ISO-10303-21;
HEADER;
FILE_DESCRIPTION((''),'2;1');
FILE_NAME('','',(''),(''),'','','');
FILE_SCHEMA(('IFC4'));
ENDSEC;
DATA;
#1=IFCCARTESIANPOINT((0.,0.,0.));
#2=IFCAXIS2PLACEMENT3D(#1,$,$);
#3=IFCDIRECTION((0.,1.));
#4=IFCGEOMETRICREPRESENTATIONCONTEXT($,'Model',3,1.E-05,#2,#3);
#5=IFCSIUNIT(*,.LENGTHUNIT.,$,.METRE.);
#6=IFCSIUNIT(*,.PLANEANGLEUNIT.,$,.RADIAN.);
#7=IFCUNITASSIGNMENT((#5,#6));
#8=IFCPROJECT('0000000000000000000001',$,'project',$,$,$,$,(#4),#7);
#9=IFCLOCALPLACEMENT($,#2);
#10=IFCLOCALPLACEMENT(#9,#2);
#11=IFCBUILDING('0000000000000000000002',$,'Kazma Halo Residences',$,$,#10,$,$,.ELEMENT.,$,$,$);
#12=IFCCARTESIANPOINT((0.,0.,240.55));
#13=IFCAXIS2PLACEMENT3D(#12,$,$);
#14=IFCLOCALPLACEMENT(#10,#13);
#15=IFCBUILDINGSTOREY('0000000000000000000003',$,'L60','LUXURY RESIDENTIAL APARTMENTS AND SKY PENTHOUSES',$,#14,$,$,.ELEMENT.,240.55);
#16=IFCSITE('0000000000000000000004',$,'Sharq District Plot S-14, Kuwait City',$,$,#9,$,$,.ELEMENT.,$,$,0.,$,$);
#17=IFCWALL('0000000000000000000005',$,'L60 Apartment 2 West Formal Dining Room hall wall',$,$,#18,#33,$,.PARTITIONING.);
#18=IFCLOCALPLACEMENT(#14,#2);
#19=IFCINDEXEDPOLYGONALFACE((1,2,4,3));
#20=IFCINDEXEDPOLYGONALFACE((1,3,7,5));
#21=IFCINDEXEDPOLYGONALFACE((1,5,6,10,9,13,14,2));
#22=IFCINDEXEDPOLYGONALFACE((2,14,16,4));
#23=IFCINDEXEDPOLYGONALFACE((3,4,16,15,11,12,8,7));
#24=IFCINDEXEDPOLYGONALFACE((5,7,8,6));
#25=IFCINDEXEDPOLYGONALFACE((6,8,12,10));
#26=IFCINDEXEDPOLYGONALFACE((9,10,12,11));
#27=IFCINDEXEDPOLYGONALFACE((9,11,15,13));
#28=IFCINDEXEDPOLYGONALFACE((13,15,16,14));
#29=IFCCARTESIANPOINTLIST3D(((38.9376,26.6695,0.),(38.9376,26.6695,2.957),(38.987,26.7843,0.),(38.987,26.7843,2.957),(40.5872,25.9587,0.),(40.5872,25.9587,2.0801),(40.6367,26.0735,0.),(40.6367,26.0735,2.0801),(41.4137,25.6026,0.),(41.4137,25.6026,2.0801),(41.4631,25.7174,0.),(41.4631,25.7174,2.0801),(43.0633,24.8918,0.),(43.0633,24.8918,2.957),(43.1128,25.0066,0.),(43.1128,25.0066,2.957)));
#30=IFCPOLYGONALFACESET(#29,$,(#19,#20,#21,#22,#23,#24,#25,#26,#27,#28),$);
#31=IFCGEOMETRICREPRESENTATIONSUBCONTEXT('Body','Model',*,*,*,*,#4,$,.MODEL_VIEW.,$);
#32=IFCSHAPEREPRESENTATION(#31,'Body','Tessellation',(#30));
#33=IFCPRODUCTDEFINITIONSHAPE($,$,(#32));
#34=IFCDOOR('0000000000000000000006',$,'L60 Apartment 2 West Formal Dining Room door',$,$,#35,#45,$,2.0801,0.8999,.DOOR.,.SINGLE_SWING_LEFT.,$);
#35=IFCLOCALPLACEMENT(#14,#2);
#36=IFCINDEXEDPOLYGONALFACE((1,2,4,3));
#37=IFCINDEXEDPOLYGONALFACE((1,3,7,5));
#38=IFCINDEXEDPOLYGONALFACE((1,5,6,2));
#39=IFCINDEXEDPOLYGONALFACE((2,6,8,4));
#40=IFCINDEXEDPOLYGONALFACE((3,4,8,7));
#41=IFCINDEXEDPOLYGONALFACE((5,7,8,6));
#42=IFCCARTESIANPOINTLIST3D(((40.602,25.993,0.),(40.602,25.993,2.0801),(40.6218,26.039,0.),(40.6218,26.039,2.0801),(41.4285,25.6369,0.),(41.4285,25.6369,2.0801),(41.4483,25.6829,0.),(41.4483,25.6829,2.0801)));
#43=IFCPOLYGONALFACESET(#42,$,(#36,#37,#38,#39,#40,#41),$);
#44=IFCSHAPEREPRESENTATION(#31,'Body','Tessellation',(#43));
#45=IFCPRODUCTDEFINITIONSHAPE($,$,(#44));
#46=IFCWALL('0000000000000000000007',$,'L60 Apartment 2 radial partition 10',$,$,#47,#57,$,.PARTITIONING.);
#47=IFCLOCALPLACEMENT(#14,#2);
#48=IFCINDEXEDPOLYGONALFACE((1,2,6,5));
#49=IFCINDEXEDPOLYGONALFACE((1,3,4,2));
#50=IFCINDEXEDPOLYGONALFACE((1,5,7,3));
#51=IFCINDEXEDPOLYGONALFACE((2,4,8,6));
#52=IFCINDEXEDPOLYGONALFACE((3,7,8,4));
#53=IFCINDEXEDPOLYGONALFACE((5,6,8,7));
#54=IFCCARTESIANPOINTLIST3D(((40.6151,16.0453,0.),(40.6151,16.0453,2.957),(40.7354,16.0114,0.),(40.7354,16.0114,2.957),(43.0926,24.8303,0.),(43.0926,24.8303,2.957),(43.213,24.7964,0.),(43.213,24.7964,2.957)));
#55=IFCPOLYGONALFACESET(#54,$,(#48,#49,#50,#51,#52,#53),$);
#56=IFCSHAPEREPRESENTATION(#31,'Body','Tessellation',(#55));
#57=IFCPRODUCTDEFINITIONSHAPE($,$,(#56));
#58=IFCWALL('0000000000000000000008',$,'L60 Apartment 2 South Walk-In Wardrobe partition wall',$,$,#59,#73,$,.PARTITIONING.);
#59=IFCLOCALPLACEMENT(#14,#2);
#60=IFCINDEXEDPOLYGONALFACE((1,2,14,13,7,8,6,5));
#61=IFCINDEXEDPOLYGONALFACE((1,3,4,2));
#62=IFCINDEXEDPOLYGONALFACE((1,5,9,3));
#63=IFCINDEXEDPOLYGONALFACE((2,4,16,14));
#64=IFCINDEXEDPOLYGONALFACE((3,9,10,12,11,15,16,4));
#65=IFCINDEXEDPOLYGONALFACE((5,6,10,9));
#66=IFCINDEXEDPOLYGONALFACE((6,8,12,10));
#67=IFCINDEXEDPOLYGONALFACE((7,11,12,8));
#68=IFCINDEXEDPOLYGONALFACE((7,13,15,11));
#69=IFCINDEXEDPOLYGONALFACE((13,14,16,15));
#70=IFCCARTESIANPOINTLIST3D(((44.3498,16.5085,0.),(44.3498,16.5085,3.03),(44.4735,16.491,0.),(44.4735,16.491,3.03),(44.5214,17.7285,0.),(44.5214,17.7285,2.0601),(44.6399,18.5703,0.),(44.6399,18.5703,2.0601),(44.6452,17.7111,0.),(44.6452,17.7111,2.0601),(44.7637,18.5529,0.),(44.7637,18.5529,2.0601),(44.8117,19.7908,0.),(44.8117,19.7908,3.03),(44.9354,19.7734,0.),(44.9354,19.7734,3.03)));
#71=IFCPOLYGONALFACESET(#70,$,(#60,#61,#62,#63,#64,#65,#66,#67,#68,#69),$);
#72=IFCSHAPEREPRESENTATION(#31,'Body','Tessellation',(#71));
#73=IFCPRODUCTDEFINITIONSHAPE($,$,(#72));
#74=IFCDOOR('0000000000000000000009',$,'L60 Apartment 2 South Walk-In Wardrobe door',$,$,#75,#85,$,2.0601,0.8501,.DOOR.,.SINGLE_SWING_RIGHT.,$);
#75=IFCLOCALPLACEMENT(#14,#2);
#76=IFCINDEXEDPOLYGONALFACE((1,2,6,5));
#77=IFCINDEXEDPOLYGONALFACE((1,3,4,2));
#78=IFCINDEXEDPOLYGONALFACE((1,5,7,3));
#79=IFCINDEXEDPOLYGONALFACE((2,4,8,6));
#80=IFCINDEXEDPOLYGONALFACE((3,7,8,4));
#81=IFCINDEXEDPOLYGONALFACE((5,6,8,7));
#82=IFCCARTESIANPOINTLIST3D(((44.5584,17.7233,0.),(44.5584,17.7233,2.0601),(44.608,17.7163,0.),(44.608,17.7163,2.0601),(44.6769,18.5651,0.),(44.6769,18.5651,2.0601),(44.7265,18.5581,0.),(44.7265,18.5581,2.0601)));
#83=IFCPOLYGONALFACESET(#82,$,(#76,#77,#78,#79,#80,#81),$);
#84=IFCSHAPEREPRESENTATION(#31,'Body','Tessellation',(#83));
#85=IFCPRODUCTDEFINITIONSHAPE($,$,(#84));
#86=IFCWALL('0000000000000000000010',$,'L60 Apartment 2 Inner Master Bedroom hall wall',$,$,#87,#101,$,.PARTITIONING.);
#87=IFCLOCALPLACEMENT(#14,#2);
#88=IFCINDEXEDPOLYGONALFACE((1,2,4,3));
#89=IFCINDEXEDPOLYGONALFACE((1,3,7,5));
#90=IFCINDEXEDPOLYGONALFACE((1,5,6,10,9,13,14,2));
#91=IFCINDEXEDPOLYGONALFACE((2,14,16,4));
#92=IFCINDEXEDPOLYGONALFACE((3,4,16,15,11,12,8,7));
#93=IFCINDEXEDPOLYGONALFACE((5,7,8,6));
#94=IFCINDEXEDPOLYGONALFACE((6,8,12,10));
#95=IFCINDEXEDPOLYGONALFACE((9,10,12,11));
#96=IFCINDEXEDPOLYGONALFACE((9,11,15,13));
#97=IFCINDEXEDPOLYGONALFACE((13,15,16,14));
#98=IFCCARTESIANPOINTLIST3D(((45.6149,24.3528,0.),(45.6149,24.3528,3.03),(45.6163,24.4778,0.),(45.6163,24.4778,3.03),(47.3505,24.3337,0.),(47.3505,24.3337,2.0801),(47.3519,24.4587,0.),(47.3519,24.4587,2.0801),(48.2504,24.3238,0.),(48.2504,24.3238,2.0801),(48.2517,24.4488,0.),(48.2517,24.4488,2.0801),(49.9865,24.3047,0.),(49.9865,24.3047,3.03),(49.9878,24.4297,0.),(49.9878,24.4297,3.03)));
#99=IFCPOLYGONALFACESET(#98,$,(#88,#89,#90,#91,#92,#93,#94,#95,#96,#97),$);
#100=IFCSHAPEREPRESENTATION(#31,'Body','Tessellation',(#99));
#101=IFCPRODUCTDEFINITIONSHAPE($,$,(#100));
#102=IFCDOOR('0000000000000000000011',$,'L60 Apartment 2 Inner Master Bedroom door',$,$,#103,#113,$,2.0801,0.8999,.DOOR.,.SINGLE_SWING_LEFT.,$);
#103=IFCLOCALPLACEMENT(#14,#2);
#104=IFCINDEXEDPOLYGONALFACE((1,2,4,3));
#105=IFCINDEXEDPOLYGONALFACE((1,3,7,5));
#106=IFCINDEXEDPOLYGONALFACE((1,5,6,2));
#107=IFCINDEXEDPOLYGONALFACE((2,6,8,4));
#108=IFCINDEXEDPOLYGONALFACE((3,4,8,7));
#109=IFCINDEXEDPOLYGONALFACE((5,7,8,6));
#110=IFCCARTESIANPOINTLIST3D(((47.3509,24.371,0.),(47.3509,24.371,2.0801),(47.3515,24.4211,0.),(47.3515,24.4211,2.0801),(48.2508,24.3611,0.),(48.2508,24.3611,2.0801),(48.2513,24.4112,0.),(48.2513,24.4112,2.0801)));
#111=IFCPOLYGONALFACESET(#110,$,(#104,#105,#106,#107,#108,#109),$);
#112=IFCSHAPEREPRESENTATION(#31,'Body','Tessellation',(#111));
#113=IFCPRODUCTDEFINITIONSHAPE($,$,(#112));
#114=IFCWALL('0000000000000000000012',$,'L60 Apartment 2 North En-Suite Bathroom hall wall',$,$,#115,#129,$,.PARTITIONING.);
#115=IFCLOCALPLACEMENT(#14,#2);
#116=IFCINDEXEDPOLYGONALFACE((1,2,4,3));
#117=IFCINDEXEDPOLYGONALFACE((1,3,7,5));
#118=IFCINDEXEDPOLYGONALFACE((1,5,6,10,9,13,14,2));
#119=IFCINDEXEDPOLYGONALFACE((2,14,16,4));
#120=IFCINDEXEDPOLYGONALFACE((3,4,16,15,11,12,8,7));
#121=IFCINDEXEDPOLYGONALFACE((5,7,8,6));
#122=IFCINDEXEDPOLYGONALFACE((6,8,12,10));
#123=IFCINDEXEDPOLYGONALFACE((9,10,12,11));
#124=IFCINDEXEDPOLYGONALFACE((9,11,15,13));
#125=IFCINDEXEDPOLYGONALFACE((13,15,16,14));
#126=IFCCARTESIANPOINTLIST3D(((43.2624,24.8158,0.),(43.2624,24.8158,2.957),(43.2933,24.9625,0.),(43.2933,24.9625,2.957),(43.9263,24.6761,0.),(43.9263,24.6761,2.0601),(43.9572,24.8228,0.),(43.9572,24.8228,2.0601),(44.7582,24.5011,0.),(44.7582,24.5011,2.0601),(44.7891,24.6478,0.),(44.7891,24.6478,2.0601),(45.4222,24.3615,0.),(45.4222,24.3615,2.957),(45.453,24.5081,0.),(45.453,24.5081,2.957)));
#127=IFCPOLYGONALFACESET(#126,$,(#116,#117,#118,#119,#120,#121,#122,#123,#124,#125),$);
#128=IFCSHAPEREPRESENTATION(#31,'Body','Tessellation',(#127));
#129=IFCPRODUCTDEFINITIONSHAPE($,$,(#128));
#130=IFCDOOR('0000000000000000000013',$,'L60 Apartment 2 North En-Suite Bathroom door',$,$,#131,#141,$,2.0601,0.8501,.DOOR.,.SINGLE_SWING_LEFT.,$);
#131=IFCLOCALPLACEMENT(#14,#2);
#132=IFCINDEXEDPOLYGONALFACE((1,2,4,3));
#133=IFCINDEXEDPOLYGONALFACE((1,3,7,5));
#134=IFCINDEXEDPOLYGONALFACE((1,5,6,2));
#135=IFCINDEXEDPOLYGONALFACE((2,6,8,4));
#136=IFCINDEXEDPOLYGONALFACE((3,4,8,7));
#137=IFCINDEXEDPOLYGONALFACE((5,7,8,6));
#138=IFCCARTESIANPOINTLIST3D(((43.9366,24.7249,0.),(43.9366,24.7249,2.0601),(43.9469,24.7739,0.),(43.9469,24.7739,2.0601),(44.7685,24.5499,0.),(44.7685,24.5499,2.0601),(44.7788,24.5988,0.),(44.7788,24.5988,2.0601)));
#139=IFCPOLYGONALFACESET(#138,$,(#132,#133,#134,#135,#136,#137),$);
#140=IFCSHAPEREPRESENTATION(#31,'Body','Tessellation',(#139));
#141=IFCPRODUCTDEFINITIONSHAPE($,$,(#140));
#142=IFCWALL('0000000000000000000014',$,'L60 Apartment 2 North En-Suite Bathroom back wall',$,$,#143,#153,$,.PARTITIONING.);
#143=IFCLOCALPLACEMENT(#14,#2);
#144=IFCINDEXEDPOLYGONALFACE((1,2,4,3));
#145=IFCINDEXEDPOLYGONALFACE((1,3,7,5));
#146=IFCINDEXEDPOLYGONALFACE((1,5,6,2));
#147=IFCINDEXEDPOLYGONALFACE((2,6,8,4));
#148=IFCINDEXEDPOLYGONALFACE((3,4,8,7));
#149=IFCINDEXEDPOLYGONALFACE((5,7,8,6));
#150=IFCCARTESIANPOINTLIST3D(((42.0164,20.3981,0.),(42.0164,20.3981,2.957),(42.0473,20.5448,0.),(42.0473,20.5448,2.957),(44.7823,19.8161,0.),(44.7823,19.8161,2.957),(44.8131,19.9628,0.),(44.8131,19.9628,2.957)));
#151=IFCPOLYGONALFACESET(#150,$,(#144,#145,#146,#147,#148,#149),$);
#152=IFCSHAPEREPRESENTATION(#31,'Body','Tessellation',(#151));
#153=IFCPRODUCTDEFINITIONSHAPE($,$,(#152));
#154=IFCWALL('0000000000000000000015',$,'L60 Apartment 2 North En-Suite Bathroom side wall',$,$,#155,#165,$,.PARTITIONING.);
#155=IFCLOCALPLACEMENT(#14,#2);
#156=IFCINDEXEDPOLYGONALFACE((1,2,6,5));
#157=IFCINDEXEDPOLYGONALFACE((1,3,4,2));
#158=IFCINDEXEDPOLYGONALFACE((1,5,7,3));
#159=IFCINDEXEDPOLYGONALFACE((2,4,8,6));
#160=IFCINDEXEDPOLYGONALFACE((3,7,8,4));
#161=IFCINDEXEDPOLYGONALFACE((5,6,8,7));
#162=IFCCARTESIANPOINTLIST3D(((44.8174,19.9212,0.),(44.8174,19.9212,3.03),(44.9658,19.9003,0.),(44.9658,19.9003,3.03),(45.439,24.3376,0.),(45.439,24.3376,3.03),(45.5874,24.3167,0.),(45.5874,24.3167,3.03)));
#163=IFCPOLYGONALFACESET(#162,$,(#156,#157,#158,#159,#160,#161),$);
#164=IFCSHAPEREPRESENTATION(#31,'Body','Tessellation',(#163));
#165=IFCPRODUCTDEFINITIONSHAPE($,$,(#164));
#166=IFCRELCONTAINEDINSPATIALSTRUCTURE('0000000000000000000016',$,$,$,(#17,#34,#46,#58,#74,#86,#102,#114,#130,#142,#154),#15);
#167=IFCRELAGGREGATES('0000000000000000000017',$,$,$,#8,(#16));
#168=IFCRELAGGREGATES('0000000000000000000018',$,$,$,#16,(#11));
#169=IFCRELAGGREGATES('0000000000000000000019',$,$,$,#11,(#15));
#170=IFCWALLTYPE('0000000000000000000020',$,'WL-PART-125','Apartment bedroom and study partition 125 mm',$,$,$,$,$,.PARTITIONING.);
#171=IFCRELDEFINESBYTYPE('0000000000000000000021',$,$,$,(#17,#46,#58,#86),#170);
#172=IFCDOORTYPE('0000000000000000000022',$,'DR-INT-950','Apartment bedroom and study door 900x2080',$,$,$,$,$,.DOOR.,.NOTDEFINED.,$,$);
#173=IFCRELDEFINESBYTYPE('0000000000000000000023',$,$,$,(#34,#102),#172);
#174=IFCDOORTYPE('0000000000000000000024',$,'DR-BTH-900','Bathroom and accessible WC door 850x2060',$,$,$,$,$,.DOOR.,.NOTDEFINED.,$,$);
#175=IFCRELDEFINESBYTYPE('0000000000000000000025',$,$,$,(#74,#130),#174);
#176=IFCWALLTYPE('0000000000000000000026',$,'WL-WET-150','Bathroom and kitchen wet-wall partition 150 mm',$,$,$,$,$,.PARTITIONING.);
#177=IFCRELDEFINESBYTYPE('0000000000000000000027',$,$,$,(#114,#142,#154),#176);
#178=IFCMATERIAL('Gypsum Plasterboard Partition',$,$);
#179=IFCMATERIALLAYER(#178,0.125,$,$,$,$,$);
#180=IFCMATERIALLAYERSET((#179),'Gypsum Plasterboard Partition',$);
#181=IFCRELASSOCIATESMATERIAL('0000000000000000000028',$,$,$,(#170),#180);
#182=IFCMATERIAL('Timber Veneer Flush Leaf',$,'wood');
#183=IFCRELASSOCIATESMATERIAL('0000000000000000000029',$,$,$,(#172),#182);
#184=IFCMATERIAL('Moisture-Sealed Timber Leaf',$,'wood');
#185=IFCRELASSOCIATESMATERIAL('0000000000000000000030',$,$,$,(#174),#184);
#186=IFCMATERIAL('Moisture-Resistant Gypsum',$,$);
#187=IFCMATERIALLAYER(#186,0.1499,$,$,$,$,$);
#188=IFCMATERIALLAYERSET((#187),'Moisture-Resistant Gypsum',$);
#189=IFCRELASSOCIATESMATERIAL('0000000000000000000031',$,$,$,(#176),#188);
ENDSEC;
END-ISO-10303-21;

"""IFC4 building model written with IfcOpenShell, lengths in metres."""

from ifc_helpers import new_model, si_unit, direction, frame, frame_2d, origin, place, context, subcontext, project, spatial, rectangle, extrude, material, layer, layer_set, type_object, element, fill, save


model = new_model("IFC4")

# Units and contexts
model_context = context("Model", 3, precision=1e-05, world=origin(), true_north=direction((0.0, 1.0)))
body_context = subcontext(model_context, "Body", "Model", "MODEL_VIEW")
ifc_project = project(units=[si_unit("LENGTHUNIT", "METRE"), si_unit("PLANEANGLEUNIT", "RADIAN")], contexts=[model_context])

# Site, building, storey
site_placement = place(None, origin())
site = spatial("IfcSite", under=ifc_project, at=site_placement, Name="Sharq District Plot S-14, Kuwait City", CompositionType="ELEMENT", RefElevation=0.0)
building_placement = place(site_placement, origin())
building = spatial("IfcBuilding", under=site, at=building_placement, Name="Kazma Halo Residences", CompositionType="ELEMENT")
storey_placement = place(building_placement, frame((0.0, 0.0, 240.55)))
storey = spatial("IfcBuildingStorey", under=building, at=storey_placement, Name="L60", Description="LUXURY RESIDENTIAL APARTMENTS AND SKY PENTHOUSES", CompositionType="ELEMENT", Elevation=240.55)

# Shared definitions
ifc_material_1 = material(Name="Gypsum Plasterboard Partition")
ifc_layer_1 = layer(ifc_material_1, 0.125)
ifc_layer_set_1 = layer_set([ifc_layer_1], Name="Gypsum Plasterboard Partition")
wall_type_1 = type_object("IfcWallType", Name="WL-PART-125", Description="Apartment bedroom and study partition 125 mm", PredefinedType="PARTITIONING", material=ifc_layer_set_1)

# Wall, opening, door
wall_1_placement = place(storey_placement, frame((38.9624, 26.7268, 0.0), z_axis=(0.0, 0.0, 1.0), x_axis=(0.918384, -0.395689, 0.0)))
wall_1 = element("IfcWall", 1, at=wall_1_placement, inside=storey, type_object=wall_type_1, Name="L60 Apartment 2 West Formal Dining Room hall wall", PredefinedType="PARTITIONING", context=body_context, shape_type="SweptSolid", body=[
    extrude(rectangle(XDim=4.4924, YDim=0.125, at=frame_2d((2.2461, 0.0))), origin(), (0.0, 0.0, 1.0), 2.957),
])
opening_1_placement = place(wall_1_placement, frame((1.7961, 0.0, 0.0)))
opening_1 = element("IfcOpeningElement", 2, at=opening_1_placement, cuts=wall_1, PredefinedType="OPENING", context=body_context, shape_type="SweptSolid", body=[
    extrude(rectangle(XDim=0.8999, YDim=2.0801, at=frame_2d((0.45, 1.04))), frame((0.0, 0.0725, 0.0), z_axis=(0.0, -1.0, 0.0), x_axis=(1.0, 0.0, 0.0)), (0.0, 0.0, 1.0), 0.145),
])
ifc_material_2 = material(Name="Timber Veneer Flush Leaf", Category="wood")
door_type_1 = type_object("IfcDoorType", Name="DR-INT-950", Description="Apartment bedroom and study door 900x2080", OperationType="NOTDEFINED", PredefinedType="DOOR", material=ifc_material_2)
door_1_placement = place(opening_1_placement, origin())
door_1 = element("IfcDoor", 3, at=door_1_placement, inside=storey, type_object=door_type_1, Name="L60 Apartment 2 West Formal Dining Room door", OperationType="SINGLE_SWING_LEFT", OverallHeight=2.0801, OverallWidth=0.8999, PredefinedType="DOOR", context=body_context, shape_type="SweptSolid", body=[
    extrude(rectangle(XDim=0.8999, YDim=2.0801, at=frame_2d((0.45, 1.04))), frame((0.0, 0.0249, 0.0), z_axis=(0.0, -1.0, 0.0), x_axis=(1.0, 0.0, 0.0)), (0.0, 0.0, 1.0), 0.05),
])
fill(opening_1, door_1)

# Wall
wall_2_placement = place(storey_placement, frame((43.1528, 24.8135, 0.0), z_axis=(0.0, 0.0, 1.0), x_axis=(-0.271434, -0.962457, 0.0)))
element("IfcWall", 4, at=wall_2_placement, inside=storey, type_object=wall_type_1, Name="L60 Apartment 2 radial partition 10", PredefinedType="PARTITIONING", context=body_context, shape_type="SweptSolid", body=[
    extrude(rectangle(XDim=9.1277, YDim=0.125, at=frame_2d((4.564, 0.0))), origin(), (0.0, 0.0, 1.0), 2.957),
])

# Walls, openings, doors
wall_3_placement = place(storey_placement, frame((44.8735, 19.782, 0.0), z_axis=(0.0, 0.0, 1.0), x_axis=(-0.139348, -0.990243, 0.0)))
wall_3 = element("IfcWall", 5, at=wall_3_placement, inside=storey, type_object=wall_type_1, Name="L60 Apartment 2 South Walk-In Wardrobe partition wall", PredefinedType="PARTITIONING", context=body_context, shape_type="SweptSolid", body=[
    extrude(rectangle(XDim=3.3147, YDim=0.125, at=frame_2d((1.6572, 0.0))), origin(), (0.0, 0.0, 1.0), 3.03),
])
opening_2_placement = place(wall_3_placement, frame((1.2324, 0.0, 0.0)))
opening_2 = element("IfcOpeningElement", 6, at=opening_2_placement, cuts=wall_3, PredefinedType="OPENING", context=body_context, shape_type="SweptSolid", body=[
    extrude(rectangle(XDim=0.8501, YDim=2.0601, at=frame_2d((0.425, 1.03))), frame((0.0, 0.0725, 0.0), z_axis=(0.0, -1.0, 0.0), x_axis=(1.0, 0.0, 0.0)), (0.0, 0.0, 1.0), 0.145),
])
ifc_material_3 = material(Name="Moisture-Sealed Timber Leaf", Category="wood")
door_type_2 = type_object("IfcDoorType", Name="DR-BTH-900", Description="Bathroom and accessible WC door 850x2060", OperationType="NOTDEFINED", PredefinedType="DOOR", material=ifc_material_3)
door_2_placement = place(opening_2_placement, origin())
door_2 = element("IfcDoor", 7, at=door_2_placement, inside=storey, type_object=door_type_2, Name="L60 Apartment 2 South Walk-In Wardrobe door", OperationType="SINGLE_SWING_RIGHT", OverallHeight=2.0601, OverallWidth=0.8501, PredefinedType="DOOR", context=body_context, shape_type="SweptSolid", body=[
    extrude(rectangle(XDim=0.8501, YDim=2.0601, at=frame_2d((0.425, 1.03))), frame((0.0, 0.0249, 0.0), z_axis=(0.0, -1.0, 0.0), x_axis=(1.0, 0.0, 0.0)), (0.0, 0.0, 1.0), 0.05),
])
fill(opening_2, door_2)
wall_4_placement = place(storey_placement, frame((45.6155, 24.4153, 0.0), z_axis=(0.0, 0.0, 1.0), x_axis=(0.999939, -0.011001, 0.0)))
wall_4 = element("IfcWall", 8, at=wall_4_placement, inside=storey, type_object=wall_type_1, Name="L60 Apartment 2 Inner Master Bedroom hall wall", PredefinedType="PARTITIONING", context=body_context, shape_type="SweptSolid", body=[
    extrude(rectangle(XDim=4.3718, YDim=0.125, at=frame_2d((2.186, 0.0))), origin(), (0.0, 0.0, 1.0), 3.03),
])
opening_3_placement = place(wall_4_placement, frame((1.7358, 0.0, 0.0)))
opening_3 = element("IfcOpeningElement", 9, at=opening_3_placement, cuts=wall_4, PredefinedType="OPENING", context=body_context, shape_type="SweptSolid", body=[
    extrude(rectangle(XDim=0.8999, YDim=2.0801, at=frame_2d((0.45, 1.04))), frame((0.0, 0.0725, 0.0), z_axis=(0.0, -1.0, 0.0), x_axis=(1.0, 0.0, 0.0)), (0.0, 0.0, 1.0), 0.145),
])
door_3_placement = place(opening_3_placement, origin())
door_3 = element("IfcDoor", 10, at=door_3_placement, inside=storey, type_object=door_type_1, Name="L60 Apartment 2 Inner Master Bedroom door", OperationType="SINGLE_SWING_LEFT", OverallHeight=2.0801, OverallWidth=0.8999, PredefinedType="DOOR", context=body_context, shape_type="SweptSolid", body=[
    extrude(rectangle(XDim=0.8999, YDim=2.0801, at=frame_2d((0.45, 1.04))), frame((0.0, 0.0249, 0.0), z_axis=(0.0, -1.0, 0.0), x_axis=(1.0, 0.0, 0.0)), (0.0, 0.0, 1.0), 0.05),
])
fill(opening_3, door_3)
ifc_material_4 = material(Name="Moisture-Resistant Gypsum")
ifc_layer_2 = layer(ifc_material_4, 0.1499)
ifc_layer_set_2 = layer_set([ifc_layer_2], Name="Moisture-Resistant Gypsum")
wall_type_2 = type_object("IfcWallType", Name="WL-WET-150", Description="Bathroom and kitchen wet-wall partition 150 mm", PredefinedType="PARTITIONING", material=ifc_layer_set_2)
wall_5_placement = place(storey_placement, frame((43.2778, 24.8892, 0.0), z_axis=(0.0, 0.0, 1.0), x_axis=(0.978579, -0.205871, 0.0)))
wall_5 = element("IfcWall", 11, at=wall_5_placement, inside=storey, type_object=wall_type_2, Name="L60 Apartment 2 North En-Suite Bathroom hall wall", PredefinedType="PARTITIONING", context=body_context, shape_type="SweptSolid", body=[
    extrude(rectangle(XDim=2.207, YDim=0.1499, at=frame_2d((1.1035, 0.0))), origin(), (0.0, 0.0, 1.0), 2.957),
])
opening_4_placement = place(wall_5_placement, frame((0.6785, 0.0, 0.0)))
opening_4 = element("IfcOpeningElement", 12, at=opening_4_placement, cuts=wall_5, PredefinedType="OPENING", context=body_context, shape_type="SweptSolid", body=[
    extrude(rectangle(XDim=0.8501, YDim=2.0601, at=frame_2d((0.425, 1.03))), frame((0.0, 0.085, 0.0), z_axis=(0.0, -1.0, 0.0), x_axis=(1.0, 0.0, 0.0)), (0.0, 0.0, 1.0), 0.1699),
])
door_4_placement = place(opening_4_placement, origin())
door_4 = element("IfcDoor", 13, at=door_4_placement, inside=storey, type_object=door_type_2, Name="L60 Apartment 2 North En-Suite Bathroom door", OperationType="SINGLE_SWING_LEFT", OverallHeight=2.0601, OverallWidth=0.8501, PredefinedType="DOOR", context=body_context, shape_type="SweptSolid", body=[
    extrude(rectangle(XDim=0.8501, YDim=2.0601, at=frame_2d((0.425, 1.03))), frame((0.0, 0.0249, 0.0), z_axis=(0.0, -1.0, 0.0), x_axis=(1.0, 0.0, 0.0)), (0.0, 0.0, 1.0), 0.05),
])
fill(opening_4, door_4)

# Walls
wall_6_placement = place(storey_placement, frame((42.032, 20.4714, 0.0), z_axis=(0.0, 0.0, 1.0), x_axis=(0.978568, -0.205923, 0.0)))
element("IfcWall", 14, at=wall_6_placement, inside=storey, type_object=wall_type_2, Name="L60 Apartment 2 North En-Suite Bathroom back wall", PredefinedType="PARTITIONING", context=body_context, shape_type="SweptSolid", body=[
    extrude(rectangle(XDim=2.8264, YDim=0.1499, at=frame_2d((1.4131, 0.0))), origin(), (0.0, 0.0, 1.0), 2.957),
])
wall_7_placement = place(storey_placement, frame((45.5132, 24.3271, 0.0), z_axis=(0.0, 0.0, 1.0), x_axis=(-0.139367, -0.990241, 0.0)))
element("IfcWall", 15, at=wall_7_placement, inside=storey, type_object=wall_type_2, Name="L60 Apartment 2 North En-Suite Bathroom side wall", PredefinedType="PARTITIONING", context=body_context, shape_type="SweptSolid", body=[
    extrude(rectangle(XDim=4.46, YDim=0.1499, at=frame_2d((2.23, 0.0))), origin(), (0.0, 0.0, 1.0), 3.03),
])

save(model, "model.ifc")
